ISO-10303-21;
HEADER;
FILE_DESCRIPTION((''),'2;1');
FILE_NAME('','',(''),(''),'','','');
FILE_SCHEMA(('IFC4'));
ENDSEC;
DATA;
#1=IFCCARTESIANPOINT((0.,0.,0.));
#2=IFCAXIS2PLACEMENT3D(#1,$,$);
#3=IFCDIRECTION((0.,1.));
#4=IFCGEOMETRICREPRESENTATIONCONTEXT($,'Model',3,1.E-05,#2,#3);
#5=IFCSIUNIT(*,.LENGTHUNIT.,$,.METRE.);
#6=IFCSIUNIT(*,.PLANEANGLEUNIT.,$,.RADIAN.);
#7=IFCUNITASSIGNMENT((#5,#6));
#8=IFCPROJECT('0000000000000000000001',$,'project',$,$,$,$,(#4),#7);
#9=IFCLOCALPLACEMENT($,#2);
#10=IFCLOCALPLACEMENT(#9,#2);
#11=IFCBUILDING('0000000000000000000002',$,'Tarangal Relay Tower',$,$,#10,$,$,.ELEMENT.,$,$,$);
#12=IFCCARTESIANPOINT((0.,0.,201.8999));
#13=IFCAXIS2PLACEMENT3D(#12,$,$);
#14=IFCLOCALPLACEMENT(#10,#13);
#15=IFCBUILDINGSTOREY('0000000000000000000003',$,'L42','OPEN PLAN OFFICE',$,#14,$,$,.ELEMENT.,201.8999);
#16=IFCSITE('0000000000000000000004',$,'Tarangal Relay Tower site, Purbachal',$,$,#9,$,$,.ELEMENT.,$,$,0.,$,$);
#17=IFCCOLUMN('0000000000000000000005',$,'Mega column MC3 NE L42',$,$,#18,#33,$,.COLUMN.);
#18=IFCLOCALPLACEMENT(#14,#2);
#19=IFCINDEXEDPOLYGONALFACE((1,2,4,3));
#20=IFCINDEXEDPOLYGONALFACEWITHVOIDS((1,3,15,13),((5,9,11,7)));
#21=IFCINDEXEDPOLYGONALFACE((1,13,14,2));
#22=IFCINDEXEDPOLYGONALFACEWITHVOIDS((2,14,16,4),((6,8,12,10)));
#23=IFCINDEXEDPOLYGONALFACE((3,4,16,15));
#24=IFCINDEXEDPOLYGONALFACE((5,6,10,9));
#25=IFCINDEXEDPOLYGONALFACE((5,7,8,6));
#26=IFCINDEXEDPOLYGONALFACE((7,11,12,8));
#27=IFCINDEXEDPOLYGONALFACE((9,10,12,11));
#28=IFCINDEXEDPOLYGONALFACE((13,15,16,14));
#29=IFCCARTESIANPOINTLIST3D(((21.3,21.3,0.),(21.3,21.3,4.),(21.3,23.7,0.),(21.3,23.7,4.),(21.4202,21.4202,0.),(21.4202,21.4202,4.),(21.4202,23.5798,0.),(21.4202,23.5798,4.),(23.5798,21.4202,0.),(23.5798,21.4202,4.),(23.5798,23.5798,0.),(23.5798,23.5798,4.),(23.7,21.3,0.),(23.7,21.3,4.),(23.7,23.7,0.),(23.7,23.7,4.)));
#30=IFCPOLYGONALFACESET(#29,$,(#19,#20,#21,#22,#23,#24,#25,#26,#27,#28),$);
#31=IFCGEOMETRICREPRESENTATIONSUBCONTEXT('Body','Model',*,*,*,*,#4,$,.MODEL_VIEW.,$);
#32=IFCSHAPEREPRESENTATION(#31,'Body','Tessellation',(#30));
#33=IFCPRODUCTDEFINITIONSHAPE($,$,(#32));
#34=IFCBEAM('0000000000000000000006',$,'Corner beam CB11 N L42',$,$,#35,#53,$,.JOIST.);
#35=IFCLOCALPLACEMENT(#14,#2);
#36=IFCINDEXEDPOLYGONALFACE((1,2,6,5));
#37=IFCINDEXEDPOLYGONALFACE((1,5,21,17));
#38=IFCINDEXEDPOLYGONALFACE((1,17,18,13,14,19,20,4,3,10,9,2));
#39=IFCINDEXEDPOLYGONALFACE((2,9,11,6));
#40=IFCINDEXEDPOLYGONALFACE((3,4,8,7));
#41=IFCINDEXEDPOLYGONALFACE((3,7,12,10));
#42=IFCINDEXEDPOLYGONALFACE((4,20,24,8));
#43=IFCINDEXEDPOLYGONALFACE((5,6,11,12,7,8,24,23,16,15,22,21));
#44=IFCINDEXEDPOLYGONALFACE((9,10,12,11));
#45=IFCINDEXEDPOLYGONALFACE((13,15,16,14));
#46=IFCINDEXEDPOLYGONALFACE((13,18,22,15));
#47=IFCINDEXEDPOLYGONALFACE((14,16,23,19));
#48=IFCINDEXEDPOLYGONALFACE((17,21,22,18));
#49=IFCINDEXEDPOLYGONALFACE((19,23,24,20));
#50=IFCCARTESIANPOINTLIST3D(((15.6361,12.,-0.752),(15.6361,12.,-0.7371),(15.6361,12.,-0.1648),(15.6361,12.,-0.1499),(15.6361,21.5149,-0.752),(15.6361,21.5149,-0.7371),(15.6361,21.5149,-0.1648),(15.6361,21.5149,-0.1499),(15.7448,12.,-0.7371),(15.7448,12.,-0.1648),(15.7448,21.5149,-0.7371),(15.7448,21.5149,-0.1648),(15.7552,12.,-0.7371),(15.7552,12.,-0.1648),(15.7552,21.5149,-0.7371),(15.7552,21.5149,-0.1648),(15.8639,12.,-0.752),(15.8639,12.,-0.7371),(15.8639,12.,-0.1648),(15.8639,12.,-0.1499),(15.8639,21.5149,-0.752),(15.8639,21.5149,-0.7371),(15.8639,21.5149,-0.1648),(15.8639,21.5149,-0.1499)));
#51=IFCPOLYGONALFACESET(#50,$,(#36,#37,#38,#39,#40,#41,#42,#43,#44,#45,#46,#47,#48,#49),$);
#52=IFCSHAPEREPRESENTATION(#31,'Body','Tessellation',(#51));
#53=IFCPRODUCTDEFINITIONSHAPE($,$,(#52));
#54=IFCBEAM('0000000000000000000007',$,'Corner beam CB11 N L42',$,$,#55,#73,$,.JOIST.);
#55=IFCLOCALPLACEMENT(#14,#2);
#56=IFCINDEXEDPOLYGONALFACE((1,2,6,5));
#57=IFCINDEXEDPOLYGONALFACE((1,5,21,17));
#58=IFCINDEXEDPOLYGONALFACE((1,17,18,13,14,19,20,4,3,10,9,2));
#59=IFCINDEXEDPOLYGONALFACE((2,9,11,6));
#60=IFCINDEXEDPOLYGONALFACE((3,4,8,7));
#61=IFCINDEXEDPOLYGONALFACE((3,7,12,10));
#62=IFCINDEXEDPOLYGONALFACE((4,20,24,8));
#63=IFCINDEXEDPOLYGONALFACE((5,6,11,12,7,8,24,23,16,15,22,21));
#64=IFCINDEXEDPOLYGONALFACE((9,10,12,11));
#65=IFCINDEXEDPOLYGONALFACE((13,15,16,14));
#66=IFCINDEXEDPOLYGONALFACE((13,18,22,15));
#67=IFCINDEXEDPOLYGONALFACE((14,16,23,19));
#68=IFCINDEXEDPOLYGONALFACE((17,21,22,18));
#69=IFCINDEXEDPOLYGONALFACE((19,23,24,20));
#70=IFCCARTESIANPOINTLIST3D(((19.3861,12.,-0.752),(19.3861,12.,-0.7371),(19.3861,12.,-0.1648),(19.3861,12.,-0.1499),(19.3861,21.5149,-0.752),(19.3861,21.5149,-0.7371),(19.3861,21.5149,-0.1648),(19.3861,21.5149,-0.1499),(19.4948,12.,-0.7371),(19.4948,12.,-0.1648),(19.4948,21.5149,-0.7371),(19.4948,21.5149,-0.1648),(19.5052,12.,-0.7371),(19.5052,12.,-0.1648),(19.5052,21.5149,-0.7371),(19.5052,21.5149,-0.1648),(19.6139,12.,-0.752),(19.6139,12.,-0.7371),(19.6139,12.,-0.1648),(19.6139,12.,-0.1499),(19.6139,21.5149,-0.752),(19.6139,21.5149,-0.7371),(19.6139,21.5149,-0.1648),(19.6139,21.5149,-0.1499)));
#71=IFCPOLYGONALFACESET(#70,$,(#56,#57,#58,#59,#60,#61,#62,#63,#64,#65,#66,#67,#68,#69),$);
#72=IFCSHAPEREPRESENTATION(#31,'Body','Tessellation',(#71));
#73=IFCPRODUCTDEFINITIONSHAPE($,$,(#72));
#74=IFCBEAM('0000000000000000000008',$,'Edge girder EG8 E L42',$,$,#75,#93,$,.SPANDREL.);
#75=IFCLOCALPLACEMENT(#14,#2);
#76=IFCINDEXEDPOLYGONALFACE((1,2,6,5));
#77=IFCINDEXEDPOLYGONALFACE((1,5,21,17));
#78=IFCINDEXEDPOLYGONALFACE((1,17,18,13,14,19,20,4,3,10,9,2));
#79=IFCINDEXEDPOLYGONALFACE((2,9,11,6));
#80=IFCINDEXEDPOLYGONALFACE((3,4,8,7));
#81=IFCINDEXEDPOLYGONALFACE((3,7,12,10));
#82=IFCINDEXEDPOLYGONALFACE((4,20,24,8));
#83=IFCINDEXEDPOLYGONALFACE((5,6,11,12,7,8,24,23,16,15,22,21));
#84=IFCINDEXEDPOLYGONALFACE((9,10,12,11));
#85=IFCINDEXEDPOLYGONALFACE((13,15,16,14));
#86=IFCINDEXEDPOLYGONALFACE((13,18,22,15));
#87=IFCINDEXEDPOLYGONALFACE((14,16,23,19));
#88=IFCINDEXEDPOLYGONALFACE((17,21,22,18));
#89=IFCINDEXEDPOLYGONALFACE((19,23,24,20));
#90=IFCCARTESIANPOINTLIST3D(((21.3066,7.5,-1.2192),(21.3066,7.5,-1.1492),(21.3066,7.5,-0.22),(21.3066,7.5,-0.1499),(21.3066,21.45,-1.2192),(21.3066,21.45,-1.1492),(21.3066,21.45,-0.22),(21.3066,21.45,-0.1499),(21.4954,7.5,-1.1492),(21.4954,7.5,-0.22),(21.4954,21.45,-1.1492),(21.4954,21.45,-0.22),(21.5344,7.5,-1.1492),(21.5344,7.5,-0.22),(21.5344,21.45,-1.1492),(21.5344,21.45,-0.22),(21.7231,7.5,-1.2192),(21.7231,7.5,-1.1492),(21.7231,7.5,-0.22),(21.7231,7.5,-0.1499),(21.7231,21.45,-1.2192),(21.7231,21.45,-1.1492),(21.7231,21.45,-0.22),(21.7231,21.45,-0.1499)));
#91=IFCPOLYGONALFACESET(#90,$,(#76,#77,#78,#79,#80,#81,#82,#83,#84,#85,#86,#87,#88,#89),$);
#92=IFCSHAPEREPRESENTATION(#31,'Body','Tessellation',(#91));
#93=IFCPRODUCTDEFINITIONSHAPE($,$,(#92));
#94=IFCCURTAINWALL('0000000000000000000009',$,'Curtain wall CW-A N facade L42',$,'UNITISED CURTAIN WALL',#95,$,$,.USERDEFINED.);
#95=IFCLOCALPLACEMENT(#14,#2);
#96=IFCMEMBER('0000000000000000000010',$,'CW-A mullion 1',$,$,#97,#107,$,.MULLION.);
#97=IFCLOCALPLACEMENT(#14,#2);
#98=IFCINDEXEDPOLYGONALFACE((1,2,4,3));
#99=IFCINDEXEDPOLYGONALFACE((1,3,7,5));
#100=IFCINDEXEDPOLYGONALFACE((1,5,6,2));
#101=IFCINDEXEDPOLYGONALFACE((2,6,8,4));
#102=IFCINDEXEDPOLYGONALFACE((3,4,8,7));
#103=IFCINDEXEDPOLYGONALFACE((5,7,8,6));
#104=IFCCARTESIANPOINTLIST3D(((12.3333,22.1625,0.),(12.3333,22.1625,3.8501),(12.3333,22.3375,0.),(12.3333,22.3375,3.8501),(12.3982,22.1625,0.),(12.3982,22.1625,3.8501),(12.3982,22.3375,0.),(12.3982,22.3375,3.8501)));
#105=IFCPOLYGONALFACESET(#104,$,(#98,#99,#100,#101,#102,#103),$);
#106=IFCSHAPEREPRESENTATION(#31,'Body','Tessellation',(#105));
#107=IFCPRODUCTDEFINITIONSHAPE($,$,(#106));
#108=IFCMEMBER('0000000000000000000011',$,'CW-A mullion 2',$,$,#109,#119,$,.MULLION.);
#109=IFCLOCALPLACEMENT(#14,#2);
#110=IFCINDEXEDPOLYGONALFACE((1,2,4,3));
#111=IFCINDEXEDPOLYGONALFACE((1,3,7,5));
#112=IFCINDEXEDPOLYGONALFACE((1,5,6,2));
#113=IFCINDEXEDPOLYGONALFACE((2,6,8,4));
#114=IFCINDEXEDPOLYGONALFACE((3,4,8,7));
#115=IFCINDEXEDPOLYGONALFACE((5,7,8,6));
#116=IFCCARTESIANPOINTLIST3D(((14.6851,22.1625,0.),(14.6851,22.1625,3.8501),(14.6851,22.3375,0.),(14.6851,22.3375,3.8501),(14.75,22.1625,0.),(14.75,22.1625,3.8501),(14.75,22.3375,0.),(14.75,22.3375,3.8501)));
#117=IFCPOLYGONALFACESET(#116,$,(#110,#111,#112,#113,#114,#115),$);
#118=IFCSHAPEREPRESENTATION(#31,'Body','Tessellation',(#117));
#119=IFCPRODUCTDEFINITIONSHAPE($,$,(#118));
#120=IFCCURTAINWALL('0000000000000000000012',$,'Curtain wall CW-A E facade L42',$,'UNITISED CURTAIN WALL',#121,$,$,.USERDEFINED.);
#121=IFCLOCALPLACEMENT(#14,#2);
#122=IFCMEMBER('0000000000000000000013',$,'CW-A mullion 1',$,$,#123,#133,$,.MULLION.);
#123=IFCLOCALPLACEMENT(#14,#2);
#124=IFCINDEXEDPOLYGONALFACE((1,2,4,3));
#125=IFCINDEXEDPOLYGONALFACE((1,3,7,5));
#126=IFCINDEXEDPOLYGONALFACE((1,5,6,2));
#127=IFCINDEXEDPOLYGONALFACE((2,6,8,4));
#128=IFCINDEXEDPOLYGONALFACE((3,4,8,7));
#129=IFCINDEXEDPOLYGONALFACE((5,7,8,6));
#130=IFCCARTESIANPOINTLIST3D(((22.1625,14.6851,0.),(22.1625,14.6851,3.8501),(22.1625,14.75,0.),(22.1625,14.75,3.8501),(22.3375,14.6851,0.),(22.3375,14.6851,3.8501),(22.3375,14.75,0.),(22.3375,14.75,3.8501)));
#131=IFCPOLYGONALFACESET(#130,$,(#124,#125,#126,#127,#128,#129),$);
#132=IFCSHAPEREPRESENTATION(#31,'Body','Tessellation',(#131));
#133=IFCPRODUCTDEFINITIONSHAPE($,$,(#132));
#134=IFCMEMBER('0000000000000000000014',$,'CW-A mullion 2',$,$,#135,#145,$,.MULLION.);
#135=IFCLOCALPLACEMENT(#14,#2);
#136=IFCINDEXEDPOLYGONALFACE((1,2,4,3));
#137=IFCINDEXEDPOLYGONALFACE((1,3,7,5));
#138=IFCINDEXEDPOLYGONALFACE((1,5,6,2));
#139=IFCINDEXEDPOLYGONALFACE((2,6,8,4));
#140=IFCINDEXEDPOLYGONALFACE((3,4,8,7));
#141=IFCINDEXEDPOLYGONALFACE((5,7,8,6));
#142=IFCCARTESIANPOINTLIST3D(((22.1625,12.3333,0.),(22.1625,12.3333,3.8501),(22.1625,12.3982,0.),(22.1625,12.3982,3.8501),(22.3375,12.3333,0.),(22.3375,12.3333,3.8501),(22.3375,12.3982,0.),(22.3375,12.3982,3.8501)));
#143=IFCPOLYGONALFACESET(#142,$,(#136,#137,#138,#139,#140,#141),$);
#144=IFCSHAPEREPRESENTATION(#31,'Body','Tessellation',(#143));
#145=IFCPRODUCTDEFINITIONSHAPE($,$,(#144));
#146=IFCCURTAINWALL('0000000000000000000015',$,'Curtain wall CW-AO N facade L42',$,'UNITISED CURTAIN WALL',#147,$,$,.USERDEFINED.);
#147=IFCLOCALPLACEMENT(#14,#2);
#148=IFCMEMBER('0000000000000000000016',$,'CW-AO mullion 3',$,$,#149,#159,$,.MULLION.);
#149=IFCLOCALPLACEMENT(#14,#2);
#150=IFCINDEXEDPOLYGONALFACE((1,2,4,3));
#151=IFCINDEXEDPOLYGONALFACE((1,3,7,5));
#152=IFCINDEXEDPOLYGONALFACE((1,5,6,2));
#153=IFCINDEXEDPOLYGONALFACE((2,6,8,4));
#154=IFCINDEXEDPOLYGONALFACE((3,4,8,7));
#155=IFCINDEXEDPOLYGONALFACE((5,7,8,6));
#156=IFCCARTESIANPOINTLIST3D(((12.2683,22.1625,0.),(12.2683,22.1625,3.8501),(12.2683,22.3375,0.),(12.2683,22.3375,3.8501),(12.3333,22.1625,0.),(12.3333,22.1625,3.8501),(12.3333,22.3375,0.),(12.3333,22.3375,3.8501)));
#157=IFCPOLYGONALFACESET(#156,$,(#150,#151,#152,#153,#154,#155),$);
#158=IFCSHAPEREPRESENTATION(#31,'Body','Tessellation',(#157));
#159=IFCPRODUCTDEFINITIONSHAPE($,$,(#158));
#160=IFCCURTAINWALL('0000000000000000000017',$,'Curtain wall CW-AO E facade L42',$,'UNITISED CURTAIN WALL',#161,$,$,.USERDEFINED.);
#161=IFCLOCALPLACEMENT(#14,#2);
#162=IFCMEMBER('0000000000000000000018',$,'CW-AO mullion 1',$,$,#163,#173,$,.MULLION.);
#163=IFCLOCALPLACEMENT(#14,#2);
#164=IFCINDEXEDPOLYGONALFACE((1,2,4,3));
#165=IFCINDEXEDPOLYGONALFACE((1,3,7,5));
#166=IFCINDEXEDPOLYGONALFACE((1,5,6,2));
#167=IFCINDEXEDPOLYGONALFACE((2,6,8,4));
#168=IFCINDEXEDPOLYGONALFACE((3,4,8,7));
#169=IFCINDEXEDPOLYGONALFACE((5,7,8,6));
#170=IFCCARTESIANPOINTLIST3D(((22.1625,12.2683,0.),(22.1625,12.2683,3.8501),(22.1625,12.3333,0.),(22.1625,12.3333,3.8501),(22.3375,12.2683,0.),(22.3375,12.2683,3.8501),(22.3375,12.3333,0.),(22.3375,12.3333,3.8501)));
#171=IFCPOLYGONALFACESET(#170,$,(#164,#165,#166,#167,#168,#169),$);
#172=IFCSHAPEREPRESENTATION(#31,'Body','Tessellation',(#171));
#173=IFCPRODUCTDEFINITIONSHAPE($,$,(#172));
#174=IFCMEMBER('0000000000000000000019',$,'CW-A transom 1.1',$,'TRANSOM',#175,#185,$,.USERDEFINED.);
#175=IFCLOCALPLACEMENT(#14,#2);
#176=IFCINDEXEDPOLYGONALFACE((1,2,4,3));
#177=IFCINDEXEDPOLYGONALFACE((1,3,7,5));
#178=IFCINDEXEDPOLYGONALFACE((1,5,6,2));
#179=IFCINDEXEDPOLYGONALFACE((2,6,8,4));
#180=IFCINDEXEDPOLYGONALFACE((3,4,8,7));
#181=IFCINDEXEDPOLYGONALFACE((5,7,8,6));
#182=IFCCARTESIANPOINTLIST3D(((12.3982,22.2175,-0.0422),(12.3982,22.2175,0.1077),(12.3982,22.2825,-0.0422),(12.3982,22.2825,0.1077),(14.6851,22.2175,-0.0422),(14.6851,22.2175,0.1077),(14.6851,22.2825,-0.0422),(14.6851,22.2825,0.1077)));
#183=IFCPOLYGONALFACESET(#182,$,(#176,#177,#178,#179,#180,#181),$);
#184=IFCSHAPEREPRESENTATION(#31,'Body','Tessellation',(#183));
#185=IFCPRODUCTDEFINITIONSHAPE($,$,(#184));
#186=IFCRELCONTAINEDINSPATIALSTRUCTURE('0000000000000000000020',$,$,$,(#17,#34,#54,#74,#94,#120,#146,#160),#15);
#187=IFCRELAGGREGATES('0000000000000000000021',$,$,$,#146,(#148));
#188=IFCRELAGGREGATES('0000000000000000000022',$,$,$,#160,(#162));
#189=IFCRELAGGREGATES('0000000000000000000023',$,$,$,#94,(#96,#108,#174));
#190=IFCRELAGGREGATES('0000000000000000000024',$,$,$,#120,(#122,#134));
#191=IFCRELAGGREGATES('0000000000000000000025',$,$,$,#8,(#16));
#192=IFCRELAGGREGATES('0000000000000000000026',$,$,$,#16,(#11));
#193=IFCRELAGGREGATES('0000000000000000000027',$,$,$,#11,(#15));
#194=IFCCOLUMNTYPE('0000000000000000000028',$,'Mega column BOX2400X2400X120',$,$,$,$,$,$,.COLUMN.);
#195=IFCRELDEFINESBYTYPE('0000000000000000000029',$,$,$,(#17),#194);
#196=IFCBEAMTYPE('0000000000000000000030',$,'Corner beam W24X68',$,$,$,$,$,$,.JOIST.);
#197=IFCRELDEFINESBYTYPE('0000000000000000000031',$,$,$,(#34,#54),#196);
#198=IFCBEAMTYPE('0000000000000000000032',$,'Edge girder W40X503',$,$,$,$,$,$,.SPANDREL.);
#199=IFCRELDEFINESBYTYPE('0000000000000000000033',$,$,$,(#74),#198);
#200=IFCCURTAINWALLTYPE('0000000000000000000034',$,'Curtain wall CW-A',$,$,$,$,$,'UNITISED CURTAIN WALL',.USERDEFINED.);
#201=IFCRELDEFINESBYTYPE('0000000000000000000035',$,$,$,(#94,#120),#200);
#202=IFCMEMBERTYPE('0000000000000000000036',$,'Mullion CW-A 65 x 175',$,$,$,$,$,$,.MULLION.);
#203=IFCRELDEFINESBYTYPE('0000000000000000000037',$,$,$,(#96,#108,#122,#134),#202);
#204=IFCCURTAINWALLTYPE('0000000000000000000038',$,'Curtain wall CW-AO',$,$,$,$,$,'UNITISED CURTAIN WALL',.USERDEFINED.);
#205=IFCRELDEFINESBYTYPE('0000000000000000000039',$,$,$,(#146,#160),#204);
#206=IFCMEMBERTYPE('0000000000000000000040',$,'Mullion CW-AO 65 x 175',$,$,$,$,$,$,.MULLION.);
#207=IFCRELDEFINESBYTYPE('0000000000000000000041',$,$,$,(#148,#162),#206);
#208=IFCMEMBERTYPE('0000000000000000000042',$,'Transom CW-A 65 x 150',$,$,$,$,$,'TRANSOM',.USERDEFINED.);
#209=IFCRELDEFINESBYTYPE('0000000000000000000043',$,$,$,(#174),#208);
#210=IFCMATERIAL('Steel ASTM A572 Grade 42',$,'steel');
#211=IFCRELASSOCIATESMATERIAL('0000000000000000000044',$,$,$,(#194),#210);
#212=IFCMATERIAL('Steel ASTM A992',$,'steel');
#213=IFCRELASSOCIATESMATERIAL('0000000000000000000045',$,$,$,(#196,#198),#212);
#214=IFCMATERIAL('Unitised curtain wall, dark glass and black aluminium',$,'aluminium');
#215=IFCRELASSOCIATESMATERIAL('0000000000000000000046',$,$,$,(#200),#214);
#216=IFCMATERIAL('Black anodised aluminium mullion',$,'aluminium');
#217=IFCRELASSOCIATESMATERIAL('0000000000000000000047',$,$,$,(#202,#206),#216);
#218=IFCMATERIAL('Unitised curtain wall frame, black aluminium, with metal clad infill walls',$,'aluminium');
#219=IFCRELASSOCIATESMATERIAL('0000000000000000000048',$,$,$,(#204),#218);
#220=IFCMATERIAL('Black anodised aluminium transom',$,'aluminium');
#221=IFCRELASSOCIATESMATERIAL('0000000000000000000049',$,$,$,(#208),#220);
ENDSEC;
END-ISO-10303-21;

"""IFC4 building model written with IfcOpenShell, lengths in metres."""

from ifc_helpers import new_model, si_unit, direction, frame, origin, origin_2d, place, context, subcontext, project, spatial, rectangle, hollow_rectangle, i_section, extrude, material, material_profile, profile_set, type_object, element, aggregate, save


model = new_model("IFC4")

# Units and contexts
model_context = context("Model", 3, precision=1e-05, world=origin(), true_north=direction((0.0, 1.0)))
body_context = subcontext(model_context, "Body", "Model", "MODEL_VIEW")
ifc_project = project(units=[si_unit("LENGTHUNIT", "METRE"), si_unit("PLANEANGLEUNIT", "RADIAN")], contexts=[model_context])

# Site, building, storey
site_placement = place(None, origin())
site = spatial("IfcSite", under=ifc_project, at=site_placement, Name="Tarangal Relay Tower site, Purbachal", CompositionType="ELEMENT", RefElevation=0.0)
building_placement = place(site_placement, origin())
building = spatial("IfcBuilding", under=site, at=building_placement, Name="Tarangal Relay Tower", CompositionType="ELEMENT")
storey_placement = place(building_placement, frame((0.0, 0.0, 201.8999)))
storey = spatial("IfcBuildingStorey", under=building, at=storey_placement, Name="L42", Description="OPEN PLAN OFFICE", CompositionType="ELEMENT", Elevation=201.8999)

# Column
ifc_material_1 = material(Name="Steel ASTM A572 Grade 42", Category="steel")
ifc_material_profile_1 = material_profile(ifc_material_1, hollow_rectangle(XDim=2.3999, YDim=2.3999, WallThickness=0.1201, at=origin_2d()), Name="BOX2400X2400X120")
ifc_profile_set_1 = profile_set([ifc_material_profile_1], Name="Steel ASTM A572 Grade 42")
column_type = type_object("IfcColumnType", Name="Mega column BOX2400X2400X120", PredefinedType="COLUMN", material=ifc_profile_set_1)
column_placement = place(storey_placement, frame((22.5, 22.5, 0.0), z_axis=(0.0, 0.0, 1.0), x_axis=(1.0, 0.0, 0.0)))
element("IfcColumn", 1, at=column_placement, inside=storey, type_object=column_type, Name="Mega column MC3 NE L42", PredefinedType="COLUMN", context=body_context, shape_type="SweptSolid", body=[
    extrude(hollow_rectangle(XDim=2.3999, YDim=2.3999, WallThickness=0.1201, at=origin_2d()), origin(), (0.0, 0.0, 1.0), 4.0),
])

# Beams
ifc_material_2 = material(Name="Steel ASTM A992", Category="steel")
ifc_material_profile_2 = material_profile(ifc_material_2, i_section(OverallWidth=0.2278, OverallDepth=0.6021, WebThickness=0.0105, FlangeThickness=0.0149, at=origin_2d()), Name="W24X68")
ifc_profile_set_2 = profile_set([ifc_material_profile_2], Name="Steel ASTM A992")
beam_type_1 = type_object("IfcBeamType", Name="Corner beam W24X68", PredefinedType="JOIST", material=ifc_profile_set_2)
for number, where, z_axis, x_axis, name in (
    (2, (15.75, 12.0, -0.4509), (0.0, 1.0, 0.0), (-1.0, 0.0, 0.0), "Corner beam CB11 N L42"),
    (3, (19.5, 12.0, -0.4509), (0.0, 1.0, 0.0), (-1.0, 0.0, 0.0), "Corner beam CB11 N L42"),
):
    element("IfcBeam", number, at=place(storey_placement, frame(where, z_axis=z_axis, x_axis=x_axis)), inside=storey, type_object=beam_type_1, Name=name, PredefinedType="JOIST", context=body_context, shape_type="SweptSolid", body=[
        extrude(i_section(OverallWidth=0.2278, OverallDepth=0.6021, WebThickness=0.0105, FlangeThickness=0.0149, at=origin_2d()), origin(), (0.0, 0.0, 1.0), 9.5149),
    ])
ifc_material_profile_3 = material_profile(ifc_material_2, i_section(OverallWidth=0.4165, OverallDepth=1.0693, WebThickness=0.0391, FlangeThickness=0.0701, at=origin_2d()), Name="W40X503")
ifc_profile_set_3 = profile_set([ifc_material_profile_3], Name="Steel ASTM A992")
beam_type_2 = type_object("IfcBeamType", Name="Edge girder W40X503", PredefinedType="SPANDREL", material=ifc_profile_set_3)
beam_placement = place(storey_placement, frame((21.5149, 21.45, -0.6846), z_axis=(0.0, -1.0, 0.0), x_axis=(1.0, 0.0, 0.0)))
element("IfcBeam", 4, at=beam_placement, inside=storey, type_object=beam_type_2, Name="Edge girder EG8 E L42", PredefinedType="SPANDREL", context=body_context, shape_type="SweptSolid", body=[
    extrude(i_section(OverallWidth=0.4165, OverallDepth=1.0693, WebThickness=0.0391, FlangeThickness=0.0701, at=origin_2d()), origin(), (0.0, 0.0, 1.0), 13.95),
])

# Curtain walls, members
ifc_material_3 = material(Name="Unitised curtain wall, dark glass and black aluminium", Category="aluminium")
curtain_wall_type_1 = type_object("IfcCurtainWallType", Name="Curtain wall CW-A", ElementType="UNITISED CURTAIN WALL", PredefinedType="USERDEFINED", material=ifc_material_3)
curtain_wall_1_placement = place(storey_placement, origin())
curtain_wall_1 = element("IfcCurtainWall", 5, at=curtain_wall_1_placement, inside=storey, type_object=curtain_wall_type_1, Name="Curtain wall CW-A N facade L42", ObjectType="UNITISED CURTAIN WALL", PredefinedType="USERDEFINED")
ifc_material_4 = material(Name="Black anodised aluminium mullion", Category="aluminium")
ifc_material_profile_4 = material_profile(ifc_material_4, rectangle(XDim=0.175, YDim=0.0649, at=origin_2d()), Name="CW-AM 65X175")
ifc_profile_set_4 = profile_set([ifc_material_profile_4], Name="Black anodised aluminium mullion")
member_type_1 = type_object("IfcMemberType", Name="Mullion CW-A 65 x 175", PredefinedType="MULLION", material=ifc_profile_set_4)
member_1_placement = place(storey_placement, frame((12.3657, 22.25, 0.0), z_axis=(0.0, 0.0, 1.0), x_axis=(0.0, 1.0, 0.0)))
member_1 = element("IfcMember", 6, at=member_1_placement, type_object=member_type_1, Name="CW-A mullion 1", PredefinedType="MULLION", context=body_context, shape_type="SweptSolid", body=[
    extrude(rectangle(XDim=0.175, YDim=0.0649, at=origin_2d()), origin(), (0.0, 0.0, 1.0), 3.8501),
])
member_2_placement = place(storey_placement, frame((14.7175, 22.25, 0.0), z_axis=(0.0, 0.0, 1.0), x_axis=(0.0, 1.0, 0.0)))
member_2 = element("IfcMember", 7, at=member_2_placement, type_object=member_type_1, Name="CW-A mullion 2", PredefinedType="MULLION", context=body_context, shape_type="SweptSolid", body=[
    extrude(rectangle(XDim=0.175, YDim=0.0649, at=origin_2d()), origin(), (0.0, 0.0, 1.0), 3.8501),
])
curtain_wall_2_placement = place(storey_placement, origin())
curtain_wall_2 = element("IfcCurtainWall", 8, at=curtain_wall_2_placement, inside=storey, type_object=curtain_wall_type_1, Name="Curtain wall CW-A E facade L42", ObjectType="UNITISED CURTAIN WALL", PredefinedType="USERDEFINED")
member_3_placement = place(storey_placement, frame((22.25, 14.7175, 0.0), z_axis=(0.0, 0.0, 1.0), x_axis=(1.0, 0.0, 0.0)))
member_3 = element("IfcMember", 9, at=member_3_placement, type_object=member_type_1, Name="CW-A mullion 1", PredefinedType="MULLION", context=body_context, shape_type="SweptSolid", body=[
    extrude(rectangle(XDim=0.175, YDim=0.0649, at=origin_2d()), origin(), (0.0, 0.0, 1.0), 3.8501),
])
member_4_placement = place(storey_placement, frame((22.25, 12.3657, 0.0), z_axis=(0.0, 0.0, 1.0), x_axis=(1.0, 0.0, 0.0)))
member_4 = element("IfcMember", 10, at=member_4_placement, type_object=member_type_1, Name="CW-A mullion 2", PredefinedType="MULLION", context=body_context, shape_type="SweptSolid", body=[
    extrude(rectangle(XDim=0.175, YDim=0.0649, at=origin_2d()), origin(), (0.0, 0.0, 1.0), 3.8501),
])

# Curtain walls, members
ifc_material_5 = material(Name="Unitised curtain wall frame, black aluminium, with metal clad infill walls", Category="aluminium")
curtain_wall_type_2 = type_object("IfcCurtainWallType", Name="Curtain wall CW-AO", ElementType="UNITISED CURTAIN WALL", PredefinedType="USERDEFINED", material=ifc_material_5)
curtain_wall_3_placement = place(storey_placement, origin())
curtain_wall_3 = element("IfcCurtainWall", 11, at=curtain_wall_3_placement, inside=storey, type_object=curtain_wall_type_2, Name="Curtain wall CW-AO N facade L42", ObjectType="UNITISED CURTAIN WALL", PredefinedType="USERDEFINED")
ifc_material_profile_5 = material_profile(ifc_material_4, rectangle(XDim=0.175, YDim=0.0649, at=origin_2d()), Name="CW-AOM 65X175")
ifc_profile_set_5 = profile_set([ifc_material_profile_5], Name="Black anodised aluminium mullion")
member_type_2 = type_object("IfcMemberType", Name="Mullion CW-AO 65 x 175", PredefinedType="MULLION", material=ifc_profile_set_5)
member_5_placement = place(storey_placement, frame((12.3008, 22.25, 0.0), z_axis=(0.0, 0.0, 1.0), x_axis=(0.0, 1.0, 0.0)))
member_5 = element("IfcMember", 12, at=member_5_placement, type_object=member_type_2, Name="CW-AO mullion 3", PredefinedType="MULLION", context=body_context, shape_type="SweptSolid", body=[
    extrude(rectangle(XDim=0.175, YDim=0.0649, at=origin_2d()), origin(), (0.0, 0.0, 1.0), 3.8501),
])
aggregate(curtain_wall_3, [member_5])
curtain_wall_4_placement = place(storey_placement, origin())
curtain_wall_4 = element("IfcCurtainWall", 13, at=curtain_wall_4_placement, inside=storey, type_object=curtain_wall_type_2, Name="Curtain wall CW-AO E facade L42", ObjectType="UNITISED CURTAIN WALL", PredefinedType="USERDEFINED")
member_6_placement = place(storey_placement, frame((22.25, 12.3008, 0.0), z_axis=(0.0, 0.0, 1.0), x_axis=(1.0, 0.0, 0.0)))
member_6 = element("IfcMember", 14, at=member_6_placement, type_object=member_type_2, Name="CW-AO mullion 1", PredefinedType="MULLION", context=body_context, shape_type="SweptSolid", body=[
    extrude(rectangle(XDim=0.175, YDim=0.0649, at=origin_2d()), origin(), (0.0, 0.0, 1.0), 3.8501),
])

# Member
ifc_material_6 = material(Name="Black anodised aluminium transom", Category="aluminium")
ifc_material_profile_6 = material_profile(ifc_material_6, rectangle(XDim=0.0649, YDim=0.1499, at=origin_2d()), Name="CW-AT 65X150")
ifc_profile_set_6 = profile_set([ifc_material_profile_6], Name="Black anodised aluminium transom")
member_type_3 = type_object("IfcMemberType", Name="Transom CW-A 65 x 150", ElementType="TRANSOM", PredefinedType="USERDEFINED", material=ifc_profile_set_6)
member_7_placement = place(storey_placement, frame((12.3982, 22.25, 0.0327), z_axis=(1.0, 0.0, 0.0), x_axis=(0.0, 1.0, 0.0)))
member_7 = element("IfcMember", 15, at=member_7_placement, type_object=member_type_3, Name="CW-A transom 1.1", ObjectType="TRANSOM", PredefinedType="USERDEFINED", context=body_context, shape_type="SweptSolid", body=[
    extrude(rectangle(XDim=0.0649, YDim=0.1499, at=origin_2d()), origin(), (0.0, 0.0, 1.0), 2.2869),
])
aggregate(curtain_wall_4, [member_6])

aggregate(curtain_wall_1, [member_1, member_2, member_7])
aggregate(curtain_wall_2, [member_3, member_4])

save(model, "model.ifc")
